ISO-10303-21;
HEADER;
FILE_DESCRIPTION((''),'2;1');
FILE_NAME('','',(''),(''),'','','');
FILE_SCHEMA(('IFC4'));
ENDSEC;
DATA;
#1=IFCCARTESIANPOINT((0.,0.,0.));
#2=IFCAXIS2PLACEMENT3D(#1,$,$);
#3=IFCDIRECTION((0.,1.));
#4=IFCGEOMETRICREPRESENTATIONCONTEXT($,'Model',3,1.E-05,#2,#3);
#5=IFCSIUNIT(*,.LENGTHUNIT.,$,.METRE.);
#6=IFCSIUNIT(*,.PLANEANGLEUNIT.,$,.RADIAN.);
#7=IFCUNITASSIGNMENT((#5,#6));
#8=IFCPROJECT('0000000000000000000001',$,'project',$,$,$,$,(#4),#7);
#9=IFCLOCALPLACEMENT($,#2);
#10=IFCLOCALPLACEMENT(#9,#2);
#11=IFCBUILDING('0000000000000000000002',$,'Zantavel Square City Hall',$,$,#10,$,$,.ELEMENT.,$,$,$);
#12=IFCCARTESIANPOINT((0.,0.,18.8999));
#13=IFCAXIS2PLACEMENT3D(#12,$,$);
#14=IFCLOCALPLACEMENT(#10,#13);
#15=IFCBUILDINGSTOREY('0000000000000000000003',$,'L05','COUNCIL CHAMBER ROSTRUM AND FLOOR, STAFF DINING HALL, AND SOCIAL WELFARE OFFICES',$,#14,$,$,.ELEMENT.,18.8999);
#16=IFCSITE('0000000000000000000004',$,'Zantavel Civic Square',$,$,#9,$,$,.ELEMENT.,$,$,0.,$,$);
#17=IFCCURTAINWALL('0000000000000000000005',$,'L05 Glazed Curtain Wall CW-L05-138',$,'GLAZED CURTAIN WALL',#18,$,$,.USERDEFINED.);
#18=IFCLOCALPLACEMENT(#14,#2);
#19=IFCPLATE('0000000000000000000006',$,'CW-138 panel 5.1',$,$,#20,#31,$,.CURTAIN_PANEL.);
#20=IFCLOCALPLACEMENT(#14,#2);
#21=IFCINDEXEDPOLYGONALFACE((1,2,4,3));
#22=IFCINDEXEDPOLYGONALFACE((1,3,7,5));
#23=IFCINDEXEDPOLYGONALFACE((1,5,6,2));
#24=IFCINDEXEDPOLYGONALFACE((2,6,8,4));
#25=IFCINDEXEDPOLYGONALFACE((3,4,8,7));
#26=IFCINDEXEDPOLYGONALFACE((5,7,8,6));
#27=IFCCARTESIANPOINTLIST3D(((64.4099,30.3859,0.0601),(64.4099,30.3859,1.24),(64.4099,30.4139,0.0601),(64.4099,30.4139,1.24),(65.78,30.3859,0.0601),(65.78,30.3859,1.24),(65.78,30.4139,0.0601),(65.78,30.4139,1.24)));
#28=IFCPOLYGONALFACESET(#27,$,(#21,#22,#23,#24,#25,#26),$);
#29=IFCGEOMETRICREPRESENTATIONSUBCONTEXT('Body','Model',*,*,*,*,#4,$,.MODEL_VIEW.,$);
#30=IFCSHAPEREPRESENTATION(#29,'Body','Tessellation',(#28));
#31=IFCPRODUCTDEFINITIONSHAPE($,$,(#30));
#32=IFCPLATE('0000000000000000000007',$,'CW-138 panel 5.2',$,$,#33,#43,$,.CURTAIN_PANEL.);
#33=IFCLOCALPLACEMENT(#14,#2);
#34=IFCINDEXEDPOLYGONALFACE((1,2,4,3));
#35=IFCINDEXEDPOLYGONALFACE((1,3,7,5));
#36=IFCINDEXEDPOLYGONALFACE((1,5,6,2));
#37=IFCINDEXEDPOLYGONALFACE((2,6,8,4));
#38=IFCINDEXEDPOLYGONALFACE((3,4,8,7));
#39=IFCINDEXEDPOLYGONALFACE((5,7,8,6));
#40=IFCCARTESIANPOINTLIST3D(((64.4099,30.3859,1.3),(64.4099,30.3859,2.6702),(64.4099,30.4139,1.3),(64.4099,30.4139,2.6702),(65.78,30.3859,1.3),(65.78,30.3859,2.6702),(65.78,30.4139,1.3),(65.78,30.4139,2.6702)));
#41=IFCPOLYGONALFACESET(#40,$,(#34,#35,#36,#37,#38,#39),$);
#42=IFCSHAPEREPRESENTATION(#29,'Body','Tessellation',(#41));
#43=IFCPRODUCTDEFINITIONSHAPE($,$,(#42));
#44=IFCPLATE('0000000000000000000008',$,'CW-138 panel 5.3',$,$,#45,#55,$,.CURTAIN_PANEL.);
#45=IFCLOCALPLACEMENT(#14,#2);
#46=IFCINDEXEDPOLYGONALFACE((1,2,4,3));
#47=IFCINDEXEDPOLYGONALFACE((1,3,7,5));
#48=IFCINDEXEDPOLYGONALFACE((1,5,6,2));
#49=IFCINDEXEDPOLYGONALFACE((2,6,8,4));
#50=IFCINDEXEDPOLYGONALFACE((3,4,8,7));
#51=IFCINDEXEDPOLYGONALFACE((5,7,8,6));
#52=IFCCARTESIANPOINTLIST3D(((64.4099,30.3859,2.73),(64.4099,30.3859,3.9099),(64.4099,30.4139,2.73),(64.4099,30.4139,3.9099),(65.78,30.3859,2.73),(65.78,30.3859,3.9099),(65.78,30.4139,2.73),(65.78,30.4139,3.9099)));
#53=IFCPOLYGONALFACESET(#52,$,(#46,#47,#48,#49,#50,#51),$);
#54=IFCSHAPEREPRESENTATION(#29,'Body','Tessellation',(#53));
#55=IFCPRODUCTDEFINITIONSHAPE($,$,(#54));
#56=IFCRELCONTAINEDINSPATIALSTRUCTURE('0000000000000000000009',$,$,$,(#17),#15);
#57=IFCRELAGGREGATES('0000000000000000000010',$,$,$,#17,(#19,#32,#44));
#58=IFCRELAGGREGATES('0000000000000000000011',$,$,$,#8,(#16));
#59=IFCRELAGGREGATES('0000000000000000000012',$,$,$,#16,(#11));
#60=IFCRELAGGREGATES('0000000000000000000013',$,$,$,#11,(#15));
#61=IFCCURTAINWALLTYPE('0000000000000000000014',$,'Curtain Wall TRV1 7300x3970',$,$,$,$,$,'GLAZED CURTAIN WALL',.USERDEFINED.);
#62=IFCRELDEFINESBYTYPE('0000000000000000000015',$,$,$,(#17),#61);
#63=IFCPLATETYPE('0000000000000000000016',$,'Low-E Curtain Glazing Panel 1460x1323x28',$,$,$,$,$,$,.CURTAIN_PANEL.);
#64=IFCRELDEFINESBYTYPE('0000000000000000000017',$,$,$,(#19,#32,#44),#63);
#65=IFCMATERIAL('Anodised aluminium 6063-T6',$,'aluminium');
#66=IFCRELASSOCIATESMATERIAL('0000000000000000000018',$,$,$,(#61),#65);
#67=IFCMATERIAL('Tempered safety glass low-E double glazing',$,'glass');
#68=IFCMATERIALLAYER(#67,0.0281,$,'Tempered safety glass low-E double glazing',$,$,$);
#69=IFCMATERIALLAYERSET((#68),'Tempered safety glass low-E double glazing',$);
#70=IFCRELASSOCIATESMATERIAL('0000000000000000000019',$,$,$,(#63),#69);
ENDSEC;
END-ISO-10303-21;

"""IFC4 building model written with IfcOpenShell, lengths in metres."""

from ifc_helpers import new_model, si_unit, direction, frame, origin, origin_2d, place, context, subcontext, project, spatial, rectangle, extrude, material, layer, layer_set, type_object, element, aggregate, save


model = new_model("IFC4")

# Units and contexts
model_context = context("Model", 3, precision=1e-05, world=origin(), true_north=direction((0.0, 1.0)))
body_context = subcontext(model_context, "Body", "Model", "MODEL_VIEW")
ifc_project = project(units=[si_unit("LENGTHUNIT", "METRE"), si_unit("PLANEANGLEUNIT", "RADIAN")], contexts=[model_context])

# Site, building, storey
site_placement = place(None, origin())
site = spatial("IfcSite", under=ifc_project, at=site_placement, Name="Zantavel Civic Square", CompositionType="ELEMENT", RefElevation=0.0)
building_placement = place(site_placement, origin())
building = spatial("IfcBuilding", under=site, at=building_placement, Name="Zantavel Square City Hall", CompositionType="ELEMENT")
storey_placement = place(building_placement, frame((0.0, 0.0, 18.8999)))
storey = spatial("IfcBuildingStorey", under=building, at=storey_placement, Name="L05", Description="COUNCIL CHAMBER ROSTRUM AND FLOOR, STAFF DINING HALL, AND SOCIAL WELFARE OFFICES", CompositionType="ELEMENT", Elevation=18.8999)

# Curtain wall
ifc_material_1 = material(Name="Anodised aluminium 6063-T6", Category="aluminium")
curtain_wall_type_1 = type_object("IfcCurtainWallType", Name="Curtain Wall TRV1 7300x3970", ElementType="GLAZED CURTAIN WALL", PredefinedType="USERDEFINED", material=ifc_material_1)
curtain_wall_1_placement = place(storey_placement, origin())
curtain_wall_1 = element("IfcCurtainWall", 1, at=curtain_wall_1_placement, inside=storey, type_object=curtain_wall_type_1, Name="L05 Glazed Curtain Wall CW-L05-138", ObjectType="GLAZED CURTAIN WALL", PredefinedType="USERDEFINED")

# Plates
ifc_material_2 = material(Name="Tempered safety glass low-E double glazing", Category="glass")
ifc_layer = layer(ifc_material_2, 0.0281, Name="Tempered safety glass low-E double glazing")
ifc_layer_set = layer_set([ifc_layer], Name="Tempered safety glass low-E double glazing")
plate_type = type_object("IfcPlateType", Name="Low-E Curtain Glazing Panel 1460x1323x28", PredefinedType="CURTAIN_PANEL", material=ifc_layer_set)
plate_1_placement = place(storey_placement, frame((65.095, 30.3999, 0.0601), z_axis=(0.0, 0.0, 1.0), x_axis=(-1.0, 0.0, 0.0)))
plate_1 = element("IfcPlate", 2, at=plate_1_placement, type_object=plate_type, Name="CW-138 panel 5.1", PredefinedType="CURTAIN_PANEL", context=body_context, shape_type="SweptSolid", body=[
    extrude(rectangle(XDim=1.3701, YDim=0.0281, at=origin_2d()), origin(), (0.0, 0.0, 1.0), 1.1799),
])
plate_2_placement = place(storey_placement, frame((65.095, 30.3999, 1.3), z_axis=(0.0, 0.0, 1.0), x_axis=(-1.0, 0.0, 0.0)))
plate_2 = element("IfcPlate", 3, at=plate_2_placement, type_object=plate_type, Name="CW-138 panel 5.2", PredefinedType="CURTAIN_PANEL", context=body_context, shape_type="SweptSolid", body=[
    extrude(rectangle(XDim=1.3701, YDim=0.0281, at=origin_2d()), origin(), (0.0, 0.0, 1.0), 1.3701),
])
plate_3_placement = place(storey_placement, frame((65.095, 30.3999, 2.73), z_axis=(0.0, 0.0, 1.0), x_axis=(-1.0, 0.0, 0.0)))
plate_3 = element("IfcPlate", 4, at=plate_3_placement, type_object=plate_type, Name="CW-138 panel 5.3", PredefinedType="CURTAIN_PANEL", context=body_context, shape_type="SweptSolid", body=[
    extrude(rectangle(XDim=1.3701, YDim=0.0281, at=origin_2d()), origin(), (0.0, 0.0, 1.0), 1.1799),
])
aggregate(curtain_wall_1, [plate_1, plate_2, plate_3])

save(model, "model.ifc")
